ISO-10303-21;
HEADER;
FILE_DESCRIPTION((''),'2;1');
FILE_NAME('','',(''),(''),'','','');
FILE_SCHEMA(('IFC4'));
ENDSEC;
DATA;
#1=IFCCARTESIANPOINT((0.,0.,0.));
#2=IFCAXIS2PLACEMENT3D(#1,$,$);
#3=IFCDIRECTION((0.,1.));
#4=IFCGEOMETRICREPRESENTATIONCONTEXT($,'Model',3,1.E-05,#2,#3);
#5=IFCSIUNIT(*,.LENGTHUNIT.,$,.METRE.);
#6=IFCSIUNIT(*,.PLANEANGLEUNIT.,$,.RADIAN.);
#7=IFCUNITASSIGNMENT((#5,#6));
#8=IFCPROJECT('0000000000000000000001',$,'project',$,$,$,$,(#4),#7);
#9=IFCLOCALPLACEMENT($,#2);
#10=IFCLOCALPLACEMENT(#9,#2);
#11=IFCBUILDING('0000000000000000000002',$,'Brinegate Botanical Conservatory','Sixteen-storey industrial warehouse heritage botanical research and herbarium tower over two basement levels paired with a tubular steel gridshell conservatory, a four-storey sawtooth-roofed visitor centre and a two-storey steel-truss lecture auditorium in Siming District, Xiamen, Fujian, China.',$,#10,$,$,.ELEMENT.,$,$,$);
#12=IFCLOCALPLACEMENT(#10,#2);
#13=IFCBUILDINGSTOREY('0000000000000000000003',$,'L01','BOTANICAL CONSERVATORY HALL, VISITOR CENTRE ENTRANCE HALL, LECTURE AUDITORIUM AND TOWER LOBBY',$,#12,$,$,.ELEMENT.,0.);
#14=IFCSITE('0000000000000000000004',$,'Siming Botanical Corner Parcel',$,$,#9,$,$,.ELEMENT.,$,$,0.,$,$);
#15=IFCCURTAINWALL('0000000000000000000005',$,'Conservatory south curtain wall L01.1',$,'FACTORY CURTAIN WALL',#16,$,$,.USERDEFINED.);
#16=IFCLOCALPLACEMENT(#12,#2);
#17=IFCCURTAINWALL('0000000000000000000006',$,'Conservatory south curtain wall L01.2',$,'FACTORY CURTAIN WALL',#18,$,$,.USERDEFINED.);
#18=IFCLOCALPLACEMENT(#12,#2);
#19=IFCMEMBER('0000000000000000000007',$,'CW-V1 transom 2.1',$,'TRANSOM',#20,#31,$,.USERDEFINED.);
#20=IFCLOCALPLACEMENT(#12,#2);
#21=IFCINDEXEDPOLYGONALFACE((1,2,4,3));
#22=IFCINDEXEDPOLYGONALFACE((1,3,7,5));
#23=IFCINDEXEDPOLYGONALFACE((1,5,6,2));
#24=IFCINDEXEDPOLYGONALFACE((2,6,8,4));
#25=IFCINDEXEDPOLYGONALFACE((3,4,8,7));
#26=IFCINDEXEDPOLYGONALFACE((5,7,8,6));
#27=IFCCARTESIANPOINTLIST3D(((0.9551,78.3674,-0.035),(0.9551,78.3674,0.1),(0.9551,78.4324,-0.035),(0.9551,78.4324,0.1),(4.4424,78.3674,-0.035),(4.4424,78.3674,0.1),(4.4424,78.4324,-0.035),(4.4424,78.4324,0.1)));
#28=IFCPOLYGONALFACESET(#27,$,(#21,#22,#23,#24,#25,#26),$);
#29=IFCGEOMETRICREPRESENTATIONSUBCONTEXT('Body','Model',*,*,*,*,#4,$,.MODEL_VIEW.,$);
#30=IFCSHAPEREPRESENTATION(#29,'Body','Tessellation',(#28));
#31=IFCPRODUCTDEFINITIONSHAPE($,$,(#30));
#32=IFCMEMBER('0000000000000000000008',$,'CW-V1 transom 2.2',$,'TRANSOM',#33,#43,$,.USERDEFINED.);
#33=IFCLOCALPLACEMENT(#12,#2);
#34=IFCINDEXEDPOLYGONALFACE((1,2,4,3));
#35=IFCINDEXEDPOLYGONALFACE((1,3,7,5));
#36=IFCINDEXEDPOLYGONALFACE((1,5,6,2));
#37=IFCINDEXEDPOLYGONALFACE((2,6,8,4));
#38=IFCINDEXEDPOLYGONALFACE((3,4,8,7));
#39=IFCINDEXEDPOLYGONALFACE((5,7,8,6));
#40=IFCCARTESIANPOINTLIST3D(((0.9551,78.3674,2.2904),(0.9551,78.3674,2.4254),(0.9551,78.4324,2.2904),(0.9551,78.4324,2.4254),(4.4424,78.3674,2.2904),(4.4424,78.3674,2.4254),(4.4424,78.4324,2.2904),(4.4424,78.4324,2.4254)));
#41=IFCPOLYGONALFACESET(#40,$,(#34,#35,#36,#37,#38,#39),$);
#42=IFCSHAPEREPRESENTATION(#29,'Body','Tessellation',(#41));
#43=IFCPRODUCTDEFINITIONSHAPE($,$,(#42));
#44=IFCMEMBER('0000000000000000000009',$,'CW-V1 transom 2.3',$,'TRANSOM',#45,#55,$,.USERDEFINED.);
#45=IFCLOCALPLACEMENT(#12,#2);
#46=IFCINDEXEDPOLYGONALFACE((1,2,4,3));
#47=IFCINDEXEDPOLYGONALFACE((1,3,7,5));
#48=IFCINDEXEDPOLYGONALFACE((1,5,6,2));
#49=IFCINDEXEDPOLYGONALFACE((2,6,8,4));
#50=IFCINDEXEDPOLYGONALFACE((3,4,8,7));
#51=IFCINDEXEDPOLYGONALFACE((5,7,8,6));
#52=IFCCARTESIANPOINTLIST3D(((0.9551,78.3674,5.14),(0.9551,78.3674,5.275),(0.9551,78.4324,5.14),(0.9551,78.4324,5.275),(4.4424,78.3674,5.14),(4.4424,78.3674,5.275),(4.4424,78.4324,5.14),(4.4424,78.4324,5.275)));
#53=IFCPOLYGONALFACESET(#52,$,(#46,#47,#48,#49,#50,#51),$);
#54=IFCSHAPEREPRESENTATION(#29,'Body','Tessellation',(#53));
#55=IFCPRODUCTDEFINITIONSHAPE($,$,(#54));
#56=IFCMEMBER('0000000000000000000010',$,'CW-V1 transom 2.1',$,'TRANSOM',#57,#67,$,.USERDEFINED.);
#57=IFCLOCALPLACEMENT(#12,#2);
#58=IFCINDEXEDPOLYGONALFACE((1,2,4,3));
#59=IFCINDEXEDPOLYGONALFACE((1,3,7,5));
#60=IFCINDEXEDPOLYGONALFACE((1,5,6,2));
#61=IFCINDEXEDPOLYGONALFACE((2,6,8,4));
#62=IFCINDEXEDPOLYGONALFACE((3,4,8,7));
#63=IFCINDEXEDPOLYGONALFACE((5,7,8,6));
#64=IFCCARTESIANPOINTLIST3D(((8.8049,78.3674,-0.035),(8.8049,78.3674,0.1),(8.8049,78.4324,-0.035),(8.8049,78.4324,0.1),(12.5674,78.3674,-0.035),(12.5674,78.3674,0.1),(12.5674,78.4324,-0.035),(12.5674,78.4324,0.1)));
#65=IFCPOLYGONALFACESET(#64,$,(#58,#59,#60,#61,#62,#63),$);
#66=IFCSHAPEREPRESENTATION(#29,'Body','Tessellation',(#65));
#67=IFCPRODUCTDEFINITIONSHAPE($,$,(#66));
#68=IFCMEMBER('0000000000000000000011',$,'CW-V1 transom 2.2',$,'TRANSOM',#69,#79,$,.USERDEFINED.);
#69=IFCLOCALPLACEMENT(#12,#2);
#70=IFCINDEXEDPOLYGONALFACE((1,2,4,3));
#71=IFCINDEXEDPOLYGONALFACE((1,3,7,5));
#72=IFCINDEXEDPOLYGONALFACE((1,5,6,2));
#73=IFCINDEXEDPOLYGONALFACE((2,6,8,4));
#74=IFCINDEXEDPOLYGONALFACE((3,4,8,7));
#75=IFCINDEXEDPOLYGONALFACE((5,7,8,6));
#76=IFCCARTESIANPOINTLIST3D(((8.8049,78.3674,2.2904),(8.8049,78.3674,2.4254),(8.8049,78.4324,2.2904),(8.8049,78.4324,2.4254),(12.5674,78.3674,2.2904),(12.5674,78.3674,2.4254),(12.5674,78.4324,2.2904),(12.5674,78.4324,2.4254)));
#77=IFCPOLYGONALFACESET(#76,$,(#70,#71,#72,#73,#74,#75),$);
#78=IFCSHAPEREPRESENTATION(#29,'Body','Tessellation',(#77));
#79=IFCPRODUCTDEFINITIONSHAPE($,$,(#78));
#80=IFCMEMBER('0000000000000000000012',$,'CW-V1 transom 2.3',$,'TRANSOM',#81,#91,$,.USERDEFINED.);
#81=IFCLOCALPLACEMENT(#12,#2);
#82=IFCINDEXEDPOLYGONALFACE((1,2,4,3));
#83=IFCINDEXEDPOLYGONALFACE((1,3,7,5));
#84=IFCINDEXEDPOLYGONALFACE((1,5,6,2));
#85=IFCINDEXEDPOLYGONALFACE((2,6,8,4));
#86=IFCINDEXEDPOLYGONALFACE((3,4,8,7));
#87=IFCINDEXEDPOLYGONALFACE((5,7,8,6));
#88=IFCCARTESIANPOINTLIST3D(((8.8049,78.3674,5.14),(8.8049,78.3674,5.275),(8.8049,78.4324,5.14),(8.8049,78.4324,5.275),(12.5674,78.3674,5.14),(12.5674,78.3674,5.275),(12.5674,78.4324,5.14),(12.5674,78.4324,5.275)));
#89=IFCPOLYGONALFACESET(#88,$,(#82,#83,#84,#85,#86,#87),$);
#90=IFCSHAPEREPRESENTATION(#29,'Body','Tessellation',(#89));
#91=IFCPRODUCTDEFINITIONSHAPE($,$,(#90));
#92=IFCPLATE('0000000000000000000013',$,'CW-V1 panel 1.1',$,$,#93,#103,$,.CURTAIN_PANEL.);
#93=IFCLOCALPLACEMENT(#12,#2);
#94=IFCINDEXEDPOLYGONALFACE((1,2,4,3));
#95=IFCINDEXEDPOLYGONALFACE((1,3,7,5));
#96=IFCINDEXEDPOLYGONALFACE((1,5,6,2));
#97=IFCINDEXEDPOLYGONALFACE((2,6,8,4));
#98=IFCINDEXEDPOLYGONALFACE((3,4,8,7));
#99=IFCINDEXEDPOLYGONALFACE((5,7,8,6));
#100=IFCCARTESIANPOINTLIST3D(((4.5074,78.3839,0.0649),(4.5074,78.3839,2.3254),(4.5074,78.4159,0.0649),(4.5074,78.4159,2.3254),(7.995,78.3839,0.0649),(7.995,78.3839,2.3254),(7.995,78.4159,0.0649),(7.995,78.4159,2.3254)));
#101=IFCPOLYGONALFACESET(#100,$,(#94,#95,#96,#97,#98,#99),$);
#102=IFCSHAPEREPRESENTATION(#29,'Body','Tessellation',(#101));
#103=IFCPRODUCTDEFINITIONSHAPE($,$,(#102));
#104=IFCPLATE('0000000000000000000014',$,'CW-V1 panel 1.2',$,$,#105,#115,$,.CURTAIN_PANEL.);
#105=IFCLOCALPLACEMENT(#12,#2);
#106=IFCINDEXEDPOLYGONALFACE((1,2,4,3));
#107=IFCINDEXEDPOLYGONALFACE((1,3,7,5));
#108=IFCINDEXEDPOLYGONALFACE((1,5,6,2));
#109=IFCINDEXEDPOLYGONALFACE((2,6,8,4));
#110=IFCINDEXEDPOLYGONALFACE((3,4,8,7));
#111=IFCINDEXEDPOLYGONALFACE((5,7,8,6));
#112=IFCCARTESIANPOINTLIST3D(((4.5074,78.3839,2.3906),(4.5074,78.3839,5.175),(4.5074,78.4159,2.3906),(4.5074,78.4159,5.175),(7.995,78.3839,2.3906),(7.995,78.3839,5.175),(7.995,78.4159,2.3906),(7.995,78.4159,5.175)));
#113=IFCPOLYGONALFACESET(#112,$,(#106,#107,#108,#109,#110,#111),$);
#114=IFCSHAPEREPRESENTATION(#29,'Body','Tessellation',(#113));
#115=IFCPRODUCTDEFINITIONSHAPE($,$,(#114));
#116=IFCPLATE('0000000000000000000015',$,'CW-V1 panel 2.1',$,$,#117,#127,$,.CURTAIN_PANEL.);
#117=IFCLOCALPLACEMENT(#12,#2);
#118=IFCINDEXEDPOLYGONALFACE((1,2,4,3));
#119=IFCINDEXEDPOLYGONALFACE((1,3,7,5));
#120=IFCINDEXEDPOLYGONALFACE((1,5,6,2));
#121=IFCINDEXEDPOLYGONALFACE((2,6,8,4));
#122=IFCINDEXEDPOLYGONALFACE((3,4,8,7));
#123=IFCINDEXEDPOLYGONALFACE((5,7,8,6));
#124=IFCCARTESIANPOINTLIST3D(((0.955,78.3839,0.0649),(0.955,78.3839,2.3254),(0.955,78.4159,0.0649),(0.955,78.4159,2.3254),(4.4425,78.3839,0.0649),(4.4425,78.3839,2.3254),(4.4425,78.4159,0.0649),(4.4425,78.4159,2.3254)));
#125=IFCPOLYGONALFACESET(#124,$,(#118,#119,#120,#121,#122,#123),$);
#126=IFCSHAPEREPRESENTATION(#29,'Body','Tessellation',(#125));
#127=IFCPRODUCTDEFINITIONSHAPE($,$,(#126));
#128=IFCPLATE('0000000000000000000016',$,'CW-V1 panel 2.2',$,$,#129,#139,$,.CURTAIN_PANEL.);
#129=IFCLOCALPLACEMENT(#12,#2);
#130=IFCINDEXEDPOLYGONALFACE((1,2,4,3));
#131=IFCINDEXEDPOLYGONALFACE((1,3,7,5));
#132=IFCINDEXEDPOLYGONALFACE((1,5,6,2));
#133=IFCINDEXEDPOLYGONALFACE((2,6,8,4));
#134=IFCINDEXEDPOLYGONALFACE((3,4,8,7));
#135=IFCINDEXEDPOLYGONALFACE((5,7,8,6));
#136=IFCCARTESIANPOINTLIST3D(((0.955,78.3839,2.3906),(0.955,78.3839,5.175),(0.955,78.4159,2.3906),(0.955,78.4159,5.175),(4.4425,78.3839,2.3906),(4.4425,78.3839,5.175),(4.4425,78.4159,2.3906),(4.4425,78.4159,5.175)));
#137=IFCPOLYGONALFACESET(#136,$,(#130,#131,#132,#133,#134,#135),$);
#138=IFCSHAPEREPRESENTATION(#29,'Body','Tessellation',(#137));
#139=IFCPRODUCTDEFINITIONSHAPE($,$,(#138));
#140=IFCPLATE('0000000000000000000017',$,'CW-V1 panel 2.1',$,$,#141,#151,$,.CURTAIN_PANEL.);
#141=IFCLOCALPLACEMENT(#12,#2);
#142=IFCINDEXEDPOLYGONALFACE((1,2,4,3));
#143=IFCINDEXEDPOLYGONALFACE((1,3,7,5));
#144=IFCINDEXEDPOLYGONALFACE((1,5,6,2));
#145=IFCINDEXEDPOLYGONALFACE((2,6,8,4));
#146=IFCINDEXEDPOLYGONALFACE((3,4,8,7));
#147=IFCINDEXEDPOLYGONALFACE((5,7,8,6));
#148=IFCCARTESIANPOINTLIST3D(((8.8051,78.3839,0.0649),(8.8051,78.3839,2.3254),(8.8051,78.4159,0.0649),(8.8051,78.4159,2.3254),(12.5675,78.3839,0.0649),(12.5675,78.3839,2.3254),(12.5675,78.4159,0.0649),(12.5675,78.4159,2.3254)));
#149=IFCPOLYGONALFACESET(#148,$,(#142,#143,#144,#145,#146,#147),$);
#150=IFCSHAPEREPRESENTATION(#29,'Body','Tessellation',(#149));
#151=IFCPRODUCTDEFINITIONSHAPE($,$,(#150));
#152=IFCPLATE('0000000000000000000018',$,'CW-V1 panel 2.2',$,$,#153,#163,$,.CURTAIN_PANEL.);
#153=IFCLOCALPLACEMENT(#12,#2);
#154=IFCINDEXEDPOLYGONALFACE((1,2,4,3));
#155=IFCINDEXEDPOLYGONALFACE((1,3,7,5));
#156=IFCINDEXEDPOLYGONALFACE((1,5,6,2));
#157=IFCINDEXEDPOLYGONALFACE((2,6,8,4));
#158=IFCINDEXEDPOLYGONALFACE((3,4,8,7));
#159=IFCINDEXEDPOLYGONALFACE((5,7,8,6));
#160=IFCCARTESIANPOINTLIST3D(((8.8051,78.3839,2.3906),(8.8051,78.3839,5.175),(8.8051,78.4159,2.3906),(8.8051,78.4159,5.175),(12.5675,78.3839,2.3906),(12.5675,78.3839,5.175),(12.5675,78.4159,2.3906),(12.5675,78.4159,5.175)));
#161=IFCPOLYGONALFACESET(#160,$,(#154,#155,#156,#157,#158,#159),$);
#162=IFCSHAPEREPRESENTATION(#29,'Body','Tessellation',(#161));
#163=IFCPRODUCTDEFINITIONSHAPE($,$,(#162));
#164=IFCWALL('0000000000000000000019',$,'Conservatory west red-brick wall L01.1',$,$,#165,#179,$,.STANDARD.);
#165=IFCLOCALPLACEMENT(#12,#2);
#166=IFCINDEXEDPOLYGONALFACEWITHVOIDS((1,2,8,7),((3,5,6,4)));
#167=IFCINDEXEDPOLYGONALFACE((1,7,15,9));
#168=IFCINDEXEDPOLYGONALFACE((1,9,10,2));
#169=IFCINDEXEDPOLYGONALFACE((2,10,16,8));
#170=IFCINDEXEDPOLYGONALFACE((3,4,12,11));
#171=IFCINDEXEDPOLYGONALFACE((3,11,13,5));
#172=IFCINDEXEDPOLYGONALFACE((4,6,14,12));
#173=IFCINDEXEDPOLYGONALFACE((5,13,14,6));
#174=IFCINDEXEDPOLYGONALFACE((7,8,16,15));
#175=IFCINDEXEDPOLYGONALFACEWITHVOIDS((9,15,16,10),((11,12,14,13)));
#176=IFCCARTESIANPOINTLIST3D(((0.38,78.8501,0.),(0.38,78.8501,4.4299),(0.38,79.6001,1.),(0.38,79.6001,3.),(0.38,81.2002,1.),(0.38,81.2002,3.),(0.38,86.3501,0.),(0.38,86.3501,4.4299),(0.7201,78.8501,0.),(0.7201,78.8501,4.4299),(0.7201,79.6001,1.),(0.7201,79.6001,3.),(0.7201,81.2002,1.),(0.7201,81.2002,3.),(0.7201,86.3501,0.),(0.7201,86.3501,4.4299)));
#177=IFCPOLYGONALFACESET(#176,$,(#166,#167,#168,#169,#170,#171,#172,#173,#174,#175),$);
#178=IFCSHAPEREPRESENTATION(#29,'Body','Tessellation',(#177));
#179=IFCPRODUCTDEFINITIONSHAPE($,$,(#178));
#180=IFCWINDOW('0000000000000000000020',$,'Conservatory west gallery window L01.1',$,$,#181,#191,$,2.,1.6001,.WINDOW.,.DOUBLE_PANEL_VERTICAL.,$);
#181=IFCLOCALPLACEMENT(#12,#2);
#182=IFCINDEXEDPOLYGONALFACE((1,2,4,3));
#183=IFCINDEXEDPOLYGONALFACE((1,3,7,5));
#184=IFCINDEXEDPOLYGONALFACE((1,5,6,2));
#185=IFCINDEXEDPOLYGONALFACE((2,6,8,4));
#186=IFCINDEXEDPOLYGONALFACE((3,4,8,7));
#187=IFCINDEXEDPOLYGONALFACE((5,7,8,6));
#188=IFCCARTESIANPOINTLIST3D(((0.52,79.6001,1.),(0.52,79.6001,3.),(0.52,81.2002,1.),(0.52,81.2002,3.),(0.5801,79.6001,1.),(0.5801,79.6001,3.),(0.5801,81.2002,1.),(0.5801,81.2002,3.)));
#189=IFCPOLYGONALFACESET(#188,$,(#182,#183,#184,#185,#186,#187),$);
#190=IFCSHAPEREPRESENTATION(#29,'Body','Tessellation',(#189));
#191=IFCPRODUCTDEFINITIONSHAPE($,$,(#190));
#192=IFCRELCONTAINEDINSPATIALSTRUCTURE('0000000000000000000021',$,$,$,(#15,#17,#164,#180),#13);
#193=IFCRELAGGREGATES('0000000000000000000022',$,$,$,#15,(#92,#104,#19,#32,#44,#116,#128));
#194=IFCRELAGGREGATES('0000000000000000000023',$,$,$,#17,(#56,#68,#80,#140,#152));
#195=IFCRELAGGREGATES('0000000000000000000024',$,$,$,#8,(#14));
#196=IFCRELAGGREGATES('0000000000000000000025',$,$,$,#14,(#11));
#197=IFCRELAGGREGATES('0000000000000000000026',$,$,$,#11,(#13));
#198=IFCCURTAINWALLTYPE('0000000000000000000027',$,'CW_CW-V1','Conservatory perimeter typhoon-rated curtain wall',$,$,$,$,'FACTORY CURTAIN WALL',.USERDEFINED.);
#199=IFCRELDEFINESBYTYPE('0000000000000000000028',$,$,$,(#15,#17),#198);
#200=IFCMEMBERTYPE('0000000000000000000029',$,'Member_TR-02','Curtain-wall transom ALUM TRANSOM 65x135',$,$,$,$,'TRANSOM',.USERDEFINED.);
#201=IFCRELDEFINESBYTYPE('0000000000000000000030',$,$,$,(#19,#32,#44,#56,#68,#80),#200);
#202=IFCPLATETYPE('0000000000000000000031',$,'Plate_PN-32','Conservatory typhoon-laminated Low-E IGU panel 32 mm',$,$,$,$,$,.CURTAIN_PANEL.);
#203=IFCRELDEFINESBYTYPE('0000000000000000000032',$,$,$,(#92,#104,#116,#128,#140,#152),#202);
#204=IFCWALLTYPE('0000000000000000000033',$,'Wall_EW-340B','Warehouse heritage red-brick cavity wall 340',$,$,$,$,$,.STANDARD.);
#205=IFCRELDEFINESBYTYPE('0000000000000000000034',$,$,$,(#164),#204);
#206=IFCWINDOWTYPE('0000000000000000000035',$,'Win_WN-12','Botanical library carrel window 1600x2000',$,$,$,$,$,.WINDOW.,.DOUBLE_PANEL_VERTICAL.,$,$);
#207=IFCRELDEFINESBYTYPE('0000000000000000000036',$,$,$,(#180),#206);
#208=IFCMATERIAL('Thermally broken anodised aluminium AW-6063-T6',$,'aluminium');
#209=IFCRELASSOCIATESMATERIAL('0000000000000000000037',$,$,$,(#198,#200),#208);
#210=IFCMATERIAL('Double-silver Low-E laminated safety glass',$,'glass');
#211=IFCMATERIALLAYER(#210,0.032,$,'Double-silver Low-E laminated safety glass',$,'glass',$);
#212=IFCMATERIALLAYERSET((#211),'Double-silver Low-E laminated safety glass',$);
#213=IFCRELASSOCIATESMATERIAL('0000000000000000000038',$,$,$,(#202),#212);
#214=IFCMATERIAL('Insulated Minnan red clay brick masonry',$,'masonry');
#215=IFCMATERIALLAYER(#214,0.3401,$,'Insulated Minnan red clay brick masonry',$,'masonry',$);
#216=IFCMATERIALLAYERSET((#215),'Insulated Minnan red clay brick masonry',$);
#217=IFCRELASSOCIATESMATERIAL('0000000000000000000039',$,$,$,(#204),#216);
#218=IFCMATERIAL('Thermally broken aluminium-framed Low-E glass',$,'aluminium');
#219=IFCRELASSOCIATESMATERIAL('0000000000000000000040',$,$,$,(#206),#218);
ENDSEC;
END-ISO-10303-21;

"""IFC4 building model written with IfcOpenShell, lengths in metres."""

from ifc_helpers import new_model, si_unit, direction, frame, frame_2d, origin, origin_2d, place, context, subcontext, project, spatial, rectangle, extrude, material, layer, layer_set, material_profile, profile_set, type_object, element, fill, aggregate, save


model = new_model("IFC4")

# Units and contexts
model_context = context("Model", 3, precision=1e-05, world=origin(), true_north=direction((0.0, 1.0)))
body_context = subcontext(model_context, "Body", "Model", "MODEL_VIEW")
ifc_project = project(units=[si_unit("LENGTHUNIT", "METRE"), si_unit("PLANEANGLEUNIT", "RADIAN")], contexts=[model_context])

# Site, building, storey
site_placement = place(None, origin())
site = spatial("IfcSite", under=ifc_project, at=site_placement, Name="Siming Botanical Corner Parcel", CompositionType="ELEMENT", RefElevation=0.0)
building_placement = place(site_placement, origin())
building = spatial("IfcBuilding", under=site, at=building_placement, Name="Brinegate Botanical Conservatory", Description="Sixteen-storey industrial warehouse heritage botanical research and herbarium tower over two basement levels paired with a tubular steel gridshell conservatory, a four-storey sawtooth-roofed visitor centre and a two-storey steel-truss lecture auditorium in Siming District, Xiamen, Fujian, China.", CompositionType="ELEMENT")
storey_placement = place(building_placement, origin())
storey = spatial("IfcBuildingStorey", under=building, at=storey_placement, Name="L01", Description="BOTANICAL CONSERVATORY HALL, VISITOR CENTRE ENTRANCE HALL, LECTURE AUDITORIUM AND TOWER LOBBY", CompositionType="ELEMENT", Elevation=0.0)

# Curtain wall
ifc_material_1 = material(Name="Thermally broken anodised aluminium AW-6063-T6", Category="aluminium")
curtain_wall_type = type_object("IfcCurtainWallType", Name="CW_CW-V1", Description="Conservatory perimeter typhoon-rated curtain wall", ElementType="FACTORY CURTAIN WALL", PredefinedType="USERDEFINED", material=ifc_material_1)
curtain_wall_1_placement = place(storey_placement, origin())
curtain_wall_1 = element("IfcCurtainWall", 1, at=curtain_wall_1_placement, inside=storey, type_object=curtain_wall_type, Name="Conservatory south curtain wall L01.1", ObjectType="FACTORY CURTAIN WALL", PredefinedType="USERDEFINED")

# Curtain wall
curtain_wall_2_placement = place(storey_placement, origin())
curtain_wall_2 = element("IfcCurtainWall", 2, at=curtain_wall_2_placement, inside=storey, type_object=curtain_wall_type, Name="Conservatory south curtain wall L01.2", ObjectType="FACTORY CURTAIN WALL", PredefinedType="USERDEFINED")

# Members
ifc_material_profile_1 = material_profile(ifc_material_1, rectangle(XDim=0.0649, YDim=0.135, at=origin_2d()), Name="ALUM TRANSOM 65x135")
ifc_profile_set_1 = profile_set([ifc_material_profile_1], Name="Thermally broken anodised aluminium AW-6063-T6")
member_type_1 = type_object("IfcMemberType", Name="Member_TR-02", Description="Curtain-wall transom ALUM TRANSOM 65x135", ElementType="TRANSOM", PredefinedType="USERDEFINED", material=ifc_profile_set_1)
member_1_placement = place(storey_placement, frame((4.4424, 78.3999, 0.0325), z_axis=(-1.0, 0.0, 0.0), x_axis=(0.0, -1.0, 0.0)))
member_1 = element("IfcMember", 3, at=member_1_placement, type_object=member_type_1, Name="CW-V1 transom 2.1", ObjectType="TRANSOM", PredefinedType="USERDEFINED", context=body_context, shape_type="SweptSolid", body=[
    extrude(rectangle(XDim=0.0649, YDim=0.135, at=origin_2d()), origin(), (0.0, 0.0, 1.0), 3.4873),
])
member_2_placement = place(storey_placement, frame((4.4424, 78.3999, 2.3579), z_axis=(-1.0, 0.0, 0.0), x_axis=(0.0, -1.0, 0.0)))
member_2 = element("IfcMember", 4, at=member_2_placement, type_object=member_type_1, Name="CW-V1 transom 2.2", ObjectType="TRANSOM", PredefinedType="USERDEFINED", context=body_context, shape_type="SweptSolid", body=[
    extrude(rectangle(XDim=0.0649, YDim=0.135, at=origin_2d()), origin(), (0.0, 0.0, 1.0), 3.4873),
])
member_3_placement = place(storey_placement, frame((4.4424, 78.3999, 5.2075), z_axis=(-1.0, 0.0, 0.0), x_axis=(0.0, -1.0, 0.0)))
member_3 = element("IfcMember", 5, at=member_3_placement, type_object=member_type_1, Name="CW-V1 transom 2.3", ObjectType="TRANSOM", PredefinedType="USERDEFINED", context=body_context, shape_type="SweptSolid", body=[
    extrude(rectangle(XDim=0.0649, YDim=0.135, at=origin_2d()), origin(), (0.0, 0.0, 1.0), 3.4873),
])
member_4_placement = place(storey_placement, frame((12.5674, 78.3999, 0.0325), z_axis=(-1.0, 0.0, 0.0), x_axis=(0.0, -1.0, 0.0)))
member_4 = element("IfcMember", 6, at=member_4_placement, type_object=member_type_1, Name="CW-V1 transom 2.1", ObjectType="TRANSOM", PredefinedType="USERDEFINED", context=body_context, shape_type="SweptSolid", body=[
    extrude(rectangle(XDim=0.0649, YDim=0.135, at=origin_2d()), origin(), (0.0, 0.0, 1.0), 3.7625),
])
member_5_placement = place(storey_placement, frame((12.5674, 78.3999, 2.3579), z_axis=(-1.0, 0.0, 0.0), x_axis=(0.0, -1.0, 0.0)))
member_5 = element("IfcMember", 7, at=member_5_placement, type_object=member_type_1, Name="CW-V1 transom 2.2", ObjectType="TRANSOM", PredefinedType="USERDEFINED", context=body_context, shape_type="SweptSolid", body=[
    extrude(rectangle(XDim=0.0649, YDim=0.135, at=origin_2d()), origin(), (0.0, 0.0, 1.0), 3.7625),
])
member_6_placement = place(storey_placement, frame((12.5674, 78.3999, 5.2075), z_axis=(-1.0, 0.0, 0.0), x_axis=(0.0, -1.0, 0.0)))
member_6 = element("IfcMember", 8, at=member_6_placement, type_object=member_type_1, Name="CW-V1 transom 2.3", ObjectType="TRANSOM", PredefinedType="USERDEFINED", context=body_context, shape_type="SweptSolid", body=[
    extrude(rectangle(XDim=0.0649, YDim=0.135, at=origin_2d()), origin(), (0.0, 0.0, 1.0), 3.7625),
])

# Plates
ifc_material_2 = material(Name="Double-silver Low-E laminated safety glass", Category="glass")
ifc_layer_1 = layer(ifc_material_2, 0.032, Name="Double-silver Low-E laminated safety glass", Category="glass")
ifc_layer_set_1 = layer_set([ifc_layer_1], Name="Double-silver Low-E laminated safety glass")
plate_type = type_object("IfcPlateType", Name="Plate_PN-32", Description="Conservatory typhoon-laminated Low-E IGU panel 32 mm", PredefinedType="CURTAIN_PANEL", material=ifc_layer_set_1)
plate_1_placement = place(storey_placement, frame((6.2512, 78.3999, 0.0649), z_axis=(0.0, 0.0, 1.0), x_axis=(-1.0, 0.0, 0.0)))
plate_1 = element("IfcPlate", 9, at=plate_1_placement, type_object=plate_type, Name="CW-V1 panel 1.1", PredefinedType="CURTAIN_PANEL", context=body_context, shape_type="SweptSolid", body=[
    extrude(rectangle(XDim=3.4875, YDim=0.032, at=origin_2d()), origin(), (0.0, 0.0, 1.0), 2.2605),
])
plate_2_placement = place(storey_placement, frame((6.2512, 78.3999, 2.3906), z_axis=(0.0, 0.0, 1.0), x_axis=(-1.0, 0.0, 0.0)))
plate_2 = element("IfcPlate", 10, at=plate_2_placement, type_object=plate_type, Name="CW-V1 panel 1.2", PredefinedType="CURTAIN_PANEL", context=body_context, shape_type="SweptSolid", body=[
    extrude(rectangle(XDim=3.4875, YDim=0.032, at=origin_2d()), origin(), (0.0, 0.0, 1.0), 2.7844),
])
plate_3_placement = place(storey_placement, frame((2.6987, 78.3999, 0.0649), z_axis=(0.0, 0.0, 1.0), x_axis=(-1.0, 0.0, 0.0)))
plate_3 = element("IfcPlate", 11, at=plate_3_placement, type_object=plate_type, Name="CW-V1 panel 2.1", PredefinedType="CURTAIN_PANEL", context=body_context, shape_type="SweptSolid", body=[
    extrude(rectangle(XDim=3.4875, YDim=0.032, at=origin_2d()), origin(), (0.0, 0.0, 1.0), 2.2605),
])
plate_4_placement = place(storey_placement, frame((2.6987, 78.3999, 2.3906), z_axis=(0.0, 0.0, 1.0), x_axis=(-1.0, 0.0, 0.0)))
plate_4 = element("IfcPlate", 12, at=plate_4_placement, type_object=plate_type, Name="CW-V1 panel 2.2", PredefinedType="CURTAIN_PANEL", context=body_context, shape_type="SweptSolid", body=[
    extrude(rectangle(XDim=3.4875, YDim=0.032, at=origin_2d()), origin(), (0.0, 0.0, 1.0), 2.7844),
])
aggregate(curtain_wall_1, [plate_1, plate_2, member_1, member_2, member_3, plate_3, plate_4])
plate_5_placement = place(storey_placement, frame((10.6863, 78.3999, 0.0649), z_axis=(0.0, 0.0, 1.0), x_axis=(-1.0, 0.0, 0.0)))
plate_5 = element("IfcPlate", 13, at=plate_5_placement, type_object=plate_type, Name="CW-V1 panel 2.1", PredefinedType="CURTAIN_PANEL", context=body_context, shape_type="SweptSolid", body=[
    extrude(rectangle(XDim=3.7625, YDim=0.032, at=origin_2d()), origin(), (0.0, 0.0, 1.0), 2.2605),
])
plate_6_placement = place(storey_placement, frame((10.6863, 78.3999, 2.3906), z_axis=(0.0, 0.0, 1.0), x_axis=(-1.0, 0.0, 0.0)))
plate_6 = element("IfcPlate", 14, at=plate_6_placement, type_object=plate_type, Name="CW-V1 panel 2.2", PredefinedType="CURTAIN_PANEL", context=body_context, shape_type="SweptSolid", body=[
    extrude(rectangle(XDim=3.7625, YDim=0.032, at=origin_2d()), origin(), (0.0, 0.0, 1.0), 2.7844),
])
aggregate(curtain_wall_2, [member_4, member_5, member_6, plate_5, plate_6])

# Wall, opening, window
ifc_material_3 = material(Name="Insulated Minnan red clay brick masonry", Category="masonry")
ifc_layer_2 = layer(ifc_material_3, 0.3401, Name="Insulated Minnan red clay brick masonry", Category="masonry")
ifc_layer_set_2 = layer_set([ifc_layer_2], Name="Insulated Minnan red clay brick masonry")
wall_type = type_object("IfcWallType", Name="Wall_EW-340B", Description="Warehouse heritage red-brick cavity wall 340", PredefinedType="STANDARD", material=ifc_layer_set_2)
wall_placement = place(storey_placement, frame((0.55, 78.8501, 0.0), z_axis=(0.0, 0.0, 1.0), x_axis=(0.0, 1.0, 0.0)))
wall = element("IfcWall", 15, at=wall_placement, inside=storey, type_object=wall_type, Name="Conservatory west red-brick wall L01.1", PredefinedType="STANDARD", context=body_context, shape_type="SweptSolid", body=[
    extrude(rectangle(XDim=7.5, YDim=0.3401, at=frame_2d((3.75, 0.0))), origin(), (0.0, 0.0, 1.0), 4.4299),
])
opening_placement = place(wall_placement, frame((0.75, 0.0, 1.0)))
opening = element("IfcOpeningElement", 16, at=opening_placement, cuts=wall, PredefinedType="OPENING", context=body_context, shape_type="SweptSolid", body=[
    extrude(rectangle(XDim=1.6001, YDim=2.0, at=frame_2d((0.8, 1.0))), frame((0.0, 0.1799, 0.0), z_axis=(0.0, -1.0, 0.0), x_axis=(1.0, 0.0, 0.0)), (0.0, 0.0, 1.0), 0.3601),
])
ifc_material_4 = material(Name="Thermally broken aluminium-framed Low-E glass", Category="aluminium")
window_type = type_object("IfcWindowType", Name="Win_WN-12", Description="Botanical library carrel window 1600x2000", PartitioningType="DOUBLE_PANEL_VERTICAL", PredefinedType="WINDOW", material=ifc_material_4)
window_placement = place(opening_placement, origin())
window = element("IfcWindow", 17, at=window_placement, inside=storey, type_object=window_type, Name="Conservatory west gallery window L01.1", OverallHeight=2.0, OverallWidth=1.6001, PartitioningType="DOUBLE_PANEL_VERTICAL", PredefinedType="WINDOW", context=body_context, shape_type="SweptSolid", body=[
    extrude(rectangle(XDim=1.6001, YDim=2.0, at=frame_2d((0.8, 1.0))), frame((0.0, 0.03, 0.0), z_axis=(0.0, -1.0, 0.0), x_axis=(1.0, 0.0, 0.0)), (0.0, 0.0, 1.0), 0.0601),
])
fill(opening, window)

save(model, "model.ifc")
